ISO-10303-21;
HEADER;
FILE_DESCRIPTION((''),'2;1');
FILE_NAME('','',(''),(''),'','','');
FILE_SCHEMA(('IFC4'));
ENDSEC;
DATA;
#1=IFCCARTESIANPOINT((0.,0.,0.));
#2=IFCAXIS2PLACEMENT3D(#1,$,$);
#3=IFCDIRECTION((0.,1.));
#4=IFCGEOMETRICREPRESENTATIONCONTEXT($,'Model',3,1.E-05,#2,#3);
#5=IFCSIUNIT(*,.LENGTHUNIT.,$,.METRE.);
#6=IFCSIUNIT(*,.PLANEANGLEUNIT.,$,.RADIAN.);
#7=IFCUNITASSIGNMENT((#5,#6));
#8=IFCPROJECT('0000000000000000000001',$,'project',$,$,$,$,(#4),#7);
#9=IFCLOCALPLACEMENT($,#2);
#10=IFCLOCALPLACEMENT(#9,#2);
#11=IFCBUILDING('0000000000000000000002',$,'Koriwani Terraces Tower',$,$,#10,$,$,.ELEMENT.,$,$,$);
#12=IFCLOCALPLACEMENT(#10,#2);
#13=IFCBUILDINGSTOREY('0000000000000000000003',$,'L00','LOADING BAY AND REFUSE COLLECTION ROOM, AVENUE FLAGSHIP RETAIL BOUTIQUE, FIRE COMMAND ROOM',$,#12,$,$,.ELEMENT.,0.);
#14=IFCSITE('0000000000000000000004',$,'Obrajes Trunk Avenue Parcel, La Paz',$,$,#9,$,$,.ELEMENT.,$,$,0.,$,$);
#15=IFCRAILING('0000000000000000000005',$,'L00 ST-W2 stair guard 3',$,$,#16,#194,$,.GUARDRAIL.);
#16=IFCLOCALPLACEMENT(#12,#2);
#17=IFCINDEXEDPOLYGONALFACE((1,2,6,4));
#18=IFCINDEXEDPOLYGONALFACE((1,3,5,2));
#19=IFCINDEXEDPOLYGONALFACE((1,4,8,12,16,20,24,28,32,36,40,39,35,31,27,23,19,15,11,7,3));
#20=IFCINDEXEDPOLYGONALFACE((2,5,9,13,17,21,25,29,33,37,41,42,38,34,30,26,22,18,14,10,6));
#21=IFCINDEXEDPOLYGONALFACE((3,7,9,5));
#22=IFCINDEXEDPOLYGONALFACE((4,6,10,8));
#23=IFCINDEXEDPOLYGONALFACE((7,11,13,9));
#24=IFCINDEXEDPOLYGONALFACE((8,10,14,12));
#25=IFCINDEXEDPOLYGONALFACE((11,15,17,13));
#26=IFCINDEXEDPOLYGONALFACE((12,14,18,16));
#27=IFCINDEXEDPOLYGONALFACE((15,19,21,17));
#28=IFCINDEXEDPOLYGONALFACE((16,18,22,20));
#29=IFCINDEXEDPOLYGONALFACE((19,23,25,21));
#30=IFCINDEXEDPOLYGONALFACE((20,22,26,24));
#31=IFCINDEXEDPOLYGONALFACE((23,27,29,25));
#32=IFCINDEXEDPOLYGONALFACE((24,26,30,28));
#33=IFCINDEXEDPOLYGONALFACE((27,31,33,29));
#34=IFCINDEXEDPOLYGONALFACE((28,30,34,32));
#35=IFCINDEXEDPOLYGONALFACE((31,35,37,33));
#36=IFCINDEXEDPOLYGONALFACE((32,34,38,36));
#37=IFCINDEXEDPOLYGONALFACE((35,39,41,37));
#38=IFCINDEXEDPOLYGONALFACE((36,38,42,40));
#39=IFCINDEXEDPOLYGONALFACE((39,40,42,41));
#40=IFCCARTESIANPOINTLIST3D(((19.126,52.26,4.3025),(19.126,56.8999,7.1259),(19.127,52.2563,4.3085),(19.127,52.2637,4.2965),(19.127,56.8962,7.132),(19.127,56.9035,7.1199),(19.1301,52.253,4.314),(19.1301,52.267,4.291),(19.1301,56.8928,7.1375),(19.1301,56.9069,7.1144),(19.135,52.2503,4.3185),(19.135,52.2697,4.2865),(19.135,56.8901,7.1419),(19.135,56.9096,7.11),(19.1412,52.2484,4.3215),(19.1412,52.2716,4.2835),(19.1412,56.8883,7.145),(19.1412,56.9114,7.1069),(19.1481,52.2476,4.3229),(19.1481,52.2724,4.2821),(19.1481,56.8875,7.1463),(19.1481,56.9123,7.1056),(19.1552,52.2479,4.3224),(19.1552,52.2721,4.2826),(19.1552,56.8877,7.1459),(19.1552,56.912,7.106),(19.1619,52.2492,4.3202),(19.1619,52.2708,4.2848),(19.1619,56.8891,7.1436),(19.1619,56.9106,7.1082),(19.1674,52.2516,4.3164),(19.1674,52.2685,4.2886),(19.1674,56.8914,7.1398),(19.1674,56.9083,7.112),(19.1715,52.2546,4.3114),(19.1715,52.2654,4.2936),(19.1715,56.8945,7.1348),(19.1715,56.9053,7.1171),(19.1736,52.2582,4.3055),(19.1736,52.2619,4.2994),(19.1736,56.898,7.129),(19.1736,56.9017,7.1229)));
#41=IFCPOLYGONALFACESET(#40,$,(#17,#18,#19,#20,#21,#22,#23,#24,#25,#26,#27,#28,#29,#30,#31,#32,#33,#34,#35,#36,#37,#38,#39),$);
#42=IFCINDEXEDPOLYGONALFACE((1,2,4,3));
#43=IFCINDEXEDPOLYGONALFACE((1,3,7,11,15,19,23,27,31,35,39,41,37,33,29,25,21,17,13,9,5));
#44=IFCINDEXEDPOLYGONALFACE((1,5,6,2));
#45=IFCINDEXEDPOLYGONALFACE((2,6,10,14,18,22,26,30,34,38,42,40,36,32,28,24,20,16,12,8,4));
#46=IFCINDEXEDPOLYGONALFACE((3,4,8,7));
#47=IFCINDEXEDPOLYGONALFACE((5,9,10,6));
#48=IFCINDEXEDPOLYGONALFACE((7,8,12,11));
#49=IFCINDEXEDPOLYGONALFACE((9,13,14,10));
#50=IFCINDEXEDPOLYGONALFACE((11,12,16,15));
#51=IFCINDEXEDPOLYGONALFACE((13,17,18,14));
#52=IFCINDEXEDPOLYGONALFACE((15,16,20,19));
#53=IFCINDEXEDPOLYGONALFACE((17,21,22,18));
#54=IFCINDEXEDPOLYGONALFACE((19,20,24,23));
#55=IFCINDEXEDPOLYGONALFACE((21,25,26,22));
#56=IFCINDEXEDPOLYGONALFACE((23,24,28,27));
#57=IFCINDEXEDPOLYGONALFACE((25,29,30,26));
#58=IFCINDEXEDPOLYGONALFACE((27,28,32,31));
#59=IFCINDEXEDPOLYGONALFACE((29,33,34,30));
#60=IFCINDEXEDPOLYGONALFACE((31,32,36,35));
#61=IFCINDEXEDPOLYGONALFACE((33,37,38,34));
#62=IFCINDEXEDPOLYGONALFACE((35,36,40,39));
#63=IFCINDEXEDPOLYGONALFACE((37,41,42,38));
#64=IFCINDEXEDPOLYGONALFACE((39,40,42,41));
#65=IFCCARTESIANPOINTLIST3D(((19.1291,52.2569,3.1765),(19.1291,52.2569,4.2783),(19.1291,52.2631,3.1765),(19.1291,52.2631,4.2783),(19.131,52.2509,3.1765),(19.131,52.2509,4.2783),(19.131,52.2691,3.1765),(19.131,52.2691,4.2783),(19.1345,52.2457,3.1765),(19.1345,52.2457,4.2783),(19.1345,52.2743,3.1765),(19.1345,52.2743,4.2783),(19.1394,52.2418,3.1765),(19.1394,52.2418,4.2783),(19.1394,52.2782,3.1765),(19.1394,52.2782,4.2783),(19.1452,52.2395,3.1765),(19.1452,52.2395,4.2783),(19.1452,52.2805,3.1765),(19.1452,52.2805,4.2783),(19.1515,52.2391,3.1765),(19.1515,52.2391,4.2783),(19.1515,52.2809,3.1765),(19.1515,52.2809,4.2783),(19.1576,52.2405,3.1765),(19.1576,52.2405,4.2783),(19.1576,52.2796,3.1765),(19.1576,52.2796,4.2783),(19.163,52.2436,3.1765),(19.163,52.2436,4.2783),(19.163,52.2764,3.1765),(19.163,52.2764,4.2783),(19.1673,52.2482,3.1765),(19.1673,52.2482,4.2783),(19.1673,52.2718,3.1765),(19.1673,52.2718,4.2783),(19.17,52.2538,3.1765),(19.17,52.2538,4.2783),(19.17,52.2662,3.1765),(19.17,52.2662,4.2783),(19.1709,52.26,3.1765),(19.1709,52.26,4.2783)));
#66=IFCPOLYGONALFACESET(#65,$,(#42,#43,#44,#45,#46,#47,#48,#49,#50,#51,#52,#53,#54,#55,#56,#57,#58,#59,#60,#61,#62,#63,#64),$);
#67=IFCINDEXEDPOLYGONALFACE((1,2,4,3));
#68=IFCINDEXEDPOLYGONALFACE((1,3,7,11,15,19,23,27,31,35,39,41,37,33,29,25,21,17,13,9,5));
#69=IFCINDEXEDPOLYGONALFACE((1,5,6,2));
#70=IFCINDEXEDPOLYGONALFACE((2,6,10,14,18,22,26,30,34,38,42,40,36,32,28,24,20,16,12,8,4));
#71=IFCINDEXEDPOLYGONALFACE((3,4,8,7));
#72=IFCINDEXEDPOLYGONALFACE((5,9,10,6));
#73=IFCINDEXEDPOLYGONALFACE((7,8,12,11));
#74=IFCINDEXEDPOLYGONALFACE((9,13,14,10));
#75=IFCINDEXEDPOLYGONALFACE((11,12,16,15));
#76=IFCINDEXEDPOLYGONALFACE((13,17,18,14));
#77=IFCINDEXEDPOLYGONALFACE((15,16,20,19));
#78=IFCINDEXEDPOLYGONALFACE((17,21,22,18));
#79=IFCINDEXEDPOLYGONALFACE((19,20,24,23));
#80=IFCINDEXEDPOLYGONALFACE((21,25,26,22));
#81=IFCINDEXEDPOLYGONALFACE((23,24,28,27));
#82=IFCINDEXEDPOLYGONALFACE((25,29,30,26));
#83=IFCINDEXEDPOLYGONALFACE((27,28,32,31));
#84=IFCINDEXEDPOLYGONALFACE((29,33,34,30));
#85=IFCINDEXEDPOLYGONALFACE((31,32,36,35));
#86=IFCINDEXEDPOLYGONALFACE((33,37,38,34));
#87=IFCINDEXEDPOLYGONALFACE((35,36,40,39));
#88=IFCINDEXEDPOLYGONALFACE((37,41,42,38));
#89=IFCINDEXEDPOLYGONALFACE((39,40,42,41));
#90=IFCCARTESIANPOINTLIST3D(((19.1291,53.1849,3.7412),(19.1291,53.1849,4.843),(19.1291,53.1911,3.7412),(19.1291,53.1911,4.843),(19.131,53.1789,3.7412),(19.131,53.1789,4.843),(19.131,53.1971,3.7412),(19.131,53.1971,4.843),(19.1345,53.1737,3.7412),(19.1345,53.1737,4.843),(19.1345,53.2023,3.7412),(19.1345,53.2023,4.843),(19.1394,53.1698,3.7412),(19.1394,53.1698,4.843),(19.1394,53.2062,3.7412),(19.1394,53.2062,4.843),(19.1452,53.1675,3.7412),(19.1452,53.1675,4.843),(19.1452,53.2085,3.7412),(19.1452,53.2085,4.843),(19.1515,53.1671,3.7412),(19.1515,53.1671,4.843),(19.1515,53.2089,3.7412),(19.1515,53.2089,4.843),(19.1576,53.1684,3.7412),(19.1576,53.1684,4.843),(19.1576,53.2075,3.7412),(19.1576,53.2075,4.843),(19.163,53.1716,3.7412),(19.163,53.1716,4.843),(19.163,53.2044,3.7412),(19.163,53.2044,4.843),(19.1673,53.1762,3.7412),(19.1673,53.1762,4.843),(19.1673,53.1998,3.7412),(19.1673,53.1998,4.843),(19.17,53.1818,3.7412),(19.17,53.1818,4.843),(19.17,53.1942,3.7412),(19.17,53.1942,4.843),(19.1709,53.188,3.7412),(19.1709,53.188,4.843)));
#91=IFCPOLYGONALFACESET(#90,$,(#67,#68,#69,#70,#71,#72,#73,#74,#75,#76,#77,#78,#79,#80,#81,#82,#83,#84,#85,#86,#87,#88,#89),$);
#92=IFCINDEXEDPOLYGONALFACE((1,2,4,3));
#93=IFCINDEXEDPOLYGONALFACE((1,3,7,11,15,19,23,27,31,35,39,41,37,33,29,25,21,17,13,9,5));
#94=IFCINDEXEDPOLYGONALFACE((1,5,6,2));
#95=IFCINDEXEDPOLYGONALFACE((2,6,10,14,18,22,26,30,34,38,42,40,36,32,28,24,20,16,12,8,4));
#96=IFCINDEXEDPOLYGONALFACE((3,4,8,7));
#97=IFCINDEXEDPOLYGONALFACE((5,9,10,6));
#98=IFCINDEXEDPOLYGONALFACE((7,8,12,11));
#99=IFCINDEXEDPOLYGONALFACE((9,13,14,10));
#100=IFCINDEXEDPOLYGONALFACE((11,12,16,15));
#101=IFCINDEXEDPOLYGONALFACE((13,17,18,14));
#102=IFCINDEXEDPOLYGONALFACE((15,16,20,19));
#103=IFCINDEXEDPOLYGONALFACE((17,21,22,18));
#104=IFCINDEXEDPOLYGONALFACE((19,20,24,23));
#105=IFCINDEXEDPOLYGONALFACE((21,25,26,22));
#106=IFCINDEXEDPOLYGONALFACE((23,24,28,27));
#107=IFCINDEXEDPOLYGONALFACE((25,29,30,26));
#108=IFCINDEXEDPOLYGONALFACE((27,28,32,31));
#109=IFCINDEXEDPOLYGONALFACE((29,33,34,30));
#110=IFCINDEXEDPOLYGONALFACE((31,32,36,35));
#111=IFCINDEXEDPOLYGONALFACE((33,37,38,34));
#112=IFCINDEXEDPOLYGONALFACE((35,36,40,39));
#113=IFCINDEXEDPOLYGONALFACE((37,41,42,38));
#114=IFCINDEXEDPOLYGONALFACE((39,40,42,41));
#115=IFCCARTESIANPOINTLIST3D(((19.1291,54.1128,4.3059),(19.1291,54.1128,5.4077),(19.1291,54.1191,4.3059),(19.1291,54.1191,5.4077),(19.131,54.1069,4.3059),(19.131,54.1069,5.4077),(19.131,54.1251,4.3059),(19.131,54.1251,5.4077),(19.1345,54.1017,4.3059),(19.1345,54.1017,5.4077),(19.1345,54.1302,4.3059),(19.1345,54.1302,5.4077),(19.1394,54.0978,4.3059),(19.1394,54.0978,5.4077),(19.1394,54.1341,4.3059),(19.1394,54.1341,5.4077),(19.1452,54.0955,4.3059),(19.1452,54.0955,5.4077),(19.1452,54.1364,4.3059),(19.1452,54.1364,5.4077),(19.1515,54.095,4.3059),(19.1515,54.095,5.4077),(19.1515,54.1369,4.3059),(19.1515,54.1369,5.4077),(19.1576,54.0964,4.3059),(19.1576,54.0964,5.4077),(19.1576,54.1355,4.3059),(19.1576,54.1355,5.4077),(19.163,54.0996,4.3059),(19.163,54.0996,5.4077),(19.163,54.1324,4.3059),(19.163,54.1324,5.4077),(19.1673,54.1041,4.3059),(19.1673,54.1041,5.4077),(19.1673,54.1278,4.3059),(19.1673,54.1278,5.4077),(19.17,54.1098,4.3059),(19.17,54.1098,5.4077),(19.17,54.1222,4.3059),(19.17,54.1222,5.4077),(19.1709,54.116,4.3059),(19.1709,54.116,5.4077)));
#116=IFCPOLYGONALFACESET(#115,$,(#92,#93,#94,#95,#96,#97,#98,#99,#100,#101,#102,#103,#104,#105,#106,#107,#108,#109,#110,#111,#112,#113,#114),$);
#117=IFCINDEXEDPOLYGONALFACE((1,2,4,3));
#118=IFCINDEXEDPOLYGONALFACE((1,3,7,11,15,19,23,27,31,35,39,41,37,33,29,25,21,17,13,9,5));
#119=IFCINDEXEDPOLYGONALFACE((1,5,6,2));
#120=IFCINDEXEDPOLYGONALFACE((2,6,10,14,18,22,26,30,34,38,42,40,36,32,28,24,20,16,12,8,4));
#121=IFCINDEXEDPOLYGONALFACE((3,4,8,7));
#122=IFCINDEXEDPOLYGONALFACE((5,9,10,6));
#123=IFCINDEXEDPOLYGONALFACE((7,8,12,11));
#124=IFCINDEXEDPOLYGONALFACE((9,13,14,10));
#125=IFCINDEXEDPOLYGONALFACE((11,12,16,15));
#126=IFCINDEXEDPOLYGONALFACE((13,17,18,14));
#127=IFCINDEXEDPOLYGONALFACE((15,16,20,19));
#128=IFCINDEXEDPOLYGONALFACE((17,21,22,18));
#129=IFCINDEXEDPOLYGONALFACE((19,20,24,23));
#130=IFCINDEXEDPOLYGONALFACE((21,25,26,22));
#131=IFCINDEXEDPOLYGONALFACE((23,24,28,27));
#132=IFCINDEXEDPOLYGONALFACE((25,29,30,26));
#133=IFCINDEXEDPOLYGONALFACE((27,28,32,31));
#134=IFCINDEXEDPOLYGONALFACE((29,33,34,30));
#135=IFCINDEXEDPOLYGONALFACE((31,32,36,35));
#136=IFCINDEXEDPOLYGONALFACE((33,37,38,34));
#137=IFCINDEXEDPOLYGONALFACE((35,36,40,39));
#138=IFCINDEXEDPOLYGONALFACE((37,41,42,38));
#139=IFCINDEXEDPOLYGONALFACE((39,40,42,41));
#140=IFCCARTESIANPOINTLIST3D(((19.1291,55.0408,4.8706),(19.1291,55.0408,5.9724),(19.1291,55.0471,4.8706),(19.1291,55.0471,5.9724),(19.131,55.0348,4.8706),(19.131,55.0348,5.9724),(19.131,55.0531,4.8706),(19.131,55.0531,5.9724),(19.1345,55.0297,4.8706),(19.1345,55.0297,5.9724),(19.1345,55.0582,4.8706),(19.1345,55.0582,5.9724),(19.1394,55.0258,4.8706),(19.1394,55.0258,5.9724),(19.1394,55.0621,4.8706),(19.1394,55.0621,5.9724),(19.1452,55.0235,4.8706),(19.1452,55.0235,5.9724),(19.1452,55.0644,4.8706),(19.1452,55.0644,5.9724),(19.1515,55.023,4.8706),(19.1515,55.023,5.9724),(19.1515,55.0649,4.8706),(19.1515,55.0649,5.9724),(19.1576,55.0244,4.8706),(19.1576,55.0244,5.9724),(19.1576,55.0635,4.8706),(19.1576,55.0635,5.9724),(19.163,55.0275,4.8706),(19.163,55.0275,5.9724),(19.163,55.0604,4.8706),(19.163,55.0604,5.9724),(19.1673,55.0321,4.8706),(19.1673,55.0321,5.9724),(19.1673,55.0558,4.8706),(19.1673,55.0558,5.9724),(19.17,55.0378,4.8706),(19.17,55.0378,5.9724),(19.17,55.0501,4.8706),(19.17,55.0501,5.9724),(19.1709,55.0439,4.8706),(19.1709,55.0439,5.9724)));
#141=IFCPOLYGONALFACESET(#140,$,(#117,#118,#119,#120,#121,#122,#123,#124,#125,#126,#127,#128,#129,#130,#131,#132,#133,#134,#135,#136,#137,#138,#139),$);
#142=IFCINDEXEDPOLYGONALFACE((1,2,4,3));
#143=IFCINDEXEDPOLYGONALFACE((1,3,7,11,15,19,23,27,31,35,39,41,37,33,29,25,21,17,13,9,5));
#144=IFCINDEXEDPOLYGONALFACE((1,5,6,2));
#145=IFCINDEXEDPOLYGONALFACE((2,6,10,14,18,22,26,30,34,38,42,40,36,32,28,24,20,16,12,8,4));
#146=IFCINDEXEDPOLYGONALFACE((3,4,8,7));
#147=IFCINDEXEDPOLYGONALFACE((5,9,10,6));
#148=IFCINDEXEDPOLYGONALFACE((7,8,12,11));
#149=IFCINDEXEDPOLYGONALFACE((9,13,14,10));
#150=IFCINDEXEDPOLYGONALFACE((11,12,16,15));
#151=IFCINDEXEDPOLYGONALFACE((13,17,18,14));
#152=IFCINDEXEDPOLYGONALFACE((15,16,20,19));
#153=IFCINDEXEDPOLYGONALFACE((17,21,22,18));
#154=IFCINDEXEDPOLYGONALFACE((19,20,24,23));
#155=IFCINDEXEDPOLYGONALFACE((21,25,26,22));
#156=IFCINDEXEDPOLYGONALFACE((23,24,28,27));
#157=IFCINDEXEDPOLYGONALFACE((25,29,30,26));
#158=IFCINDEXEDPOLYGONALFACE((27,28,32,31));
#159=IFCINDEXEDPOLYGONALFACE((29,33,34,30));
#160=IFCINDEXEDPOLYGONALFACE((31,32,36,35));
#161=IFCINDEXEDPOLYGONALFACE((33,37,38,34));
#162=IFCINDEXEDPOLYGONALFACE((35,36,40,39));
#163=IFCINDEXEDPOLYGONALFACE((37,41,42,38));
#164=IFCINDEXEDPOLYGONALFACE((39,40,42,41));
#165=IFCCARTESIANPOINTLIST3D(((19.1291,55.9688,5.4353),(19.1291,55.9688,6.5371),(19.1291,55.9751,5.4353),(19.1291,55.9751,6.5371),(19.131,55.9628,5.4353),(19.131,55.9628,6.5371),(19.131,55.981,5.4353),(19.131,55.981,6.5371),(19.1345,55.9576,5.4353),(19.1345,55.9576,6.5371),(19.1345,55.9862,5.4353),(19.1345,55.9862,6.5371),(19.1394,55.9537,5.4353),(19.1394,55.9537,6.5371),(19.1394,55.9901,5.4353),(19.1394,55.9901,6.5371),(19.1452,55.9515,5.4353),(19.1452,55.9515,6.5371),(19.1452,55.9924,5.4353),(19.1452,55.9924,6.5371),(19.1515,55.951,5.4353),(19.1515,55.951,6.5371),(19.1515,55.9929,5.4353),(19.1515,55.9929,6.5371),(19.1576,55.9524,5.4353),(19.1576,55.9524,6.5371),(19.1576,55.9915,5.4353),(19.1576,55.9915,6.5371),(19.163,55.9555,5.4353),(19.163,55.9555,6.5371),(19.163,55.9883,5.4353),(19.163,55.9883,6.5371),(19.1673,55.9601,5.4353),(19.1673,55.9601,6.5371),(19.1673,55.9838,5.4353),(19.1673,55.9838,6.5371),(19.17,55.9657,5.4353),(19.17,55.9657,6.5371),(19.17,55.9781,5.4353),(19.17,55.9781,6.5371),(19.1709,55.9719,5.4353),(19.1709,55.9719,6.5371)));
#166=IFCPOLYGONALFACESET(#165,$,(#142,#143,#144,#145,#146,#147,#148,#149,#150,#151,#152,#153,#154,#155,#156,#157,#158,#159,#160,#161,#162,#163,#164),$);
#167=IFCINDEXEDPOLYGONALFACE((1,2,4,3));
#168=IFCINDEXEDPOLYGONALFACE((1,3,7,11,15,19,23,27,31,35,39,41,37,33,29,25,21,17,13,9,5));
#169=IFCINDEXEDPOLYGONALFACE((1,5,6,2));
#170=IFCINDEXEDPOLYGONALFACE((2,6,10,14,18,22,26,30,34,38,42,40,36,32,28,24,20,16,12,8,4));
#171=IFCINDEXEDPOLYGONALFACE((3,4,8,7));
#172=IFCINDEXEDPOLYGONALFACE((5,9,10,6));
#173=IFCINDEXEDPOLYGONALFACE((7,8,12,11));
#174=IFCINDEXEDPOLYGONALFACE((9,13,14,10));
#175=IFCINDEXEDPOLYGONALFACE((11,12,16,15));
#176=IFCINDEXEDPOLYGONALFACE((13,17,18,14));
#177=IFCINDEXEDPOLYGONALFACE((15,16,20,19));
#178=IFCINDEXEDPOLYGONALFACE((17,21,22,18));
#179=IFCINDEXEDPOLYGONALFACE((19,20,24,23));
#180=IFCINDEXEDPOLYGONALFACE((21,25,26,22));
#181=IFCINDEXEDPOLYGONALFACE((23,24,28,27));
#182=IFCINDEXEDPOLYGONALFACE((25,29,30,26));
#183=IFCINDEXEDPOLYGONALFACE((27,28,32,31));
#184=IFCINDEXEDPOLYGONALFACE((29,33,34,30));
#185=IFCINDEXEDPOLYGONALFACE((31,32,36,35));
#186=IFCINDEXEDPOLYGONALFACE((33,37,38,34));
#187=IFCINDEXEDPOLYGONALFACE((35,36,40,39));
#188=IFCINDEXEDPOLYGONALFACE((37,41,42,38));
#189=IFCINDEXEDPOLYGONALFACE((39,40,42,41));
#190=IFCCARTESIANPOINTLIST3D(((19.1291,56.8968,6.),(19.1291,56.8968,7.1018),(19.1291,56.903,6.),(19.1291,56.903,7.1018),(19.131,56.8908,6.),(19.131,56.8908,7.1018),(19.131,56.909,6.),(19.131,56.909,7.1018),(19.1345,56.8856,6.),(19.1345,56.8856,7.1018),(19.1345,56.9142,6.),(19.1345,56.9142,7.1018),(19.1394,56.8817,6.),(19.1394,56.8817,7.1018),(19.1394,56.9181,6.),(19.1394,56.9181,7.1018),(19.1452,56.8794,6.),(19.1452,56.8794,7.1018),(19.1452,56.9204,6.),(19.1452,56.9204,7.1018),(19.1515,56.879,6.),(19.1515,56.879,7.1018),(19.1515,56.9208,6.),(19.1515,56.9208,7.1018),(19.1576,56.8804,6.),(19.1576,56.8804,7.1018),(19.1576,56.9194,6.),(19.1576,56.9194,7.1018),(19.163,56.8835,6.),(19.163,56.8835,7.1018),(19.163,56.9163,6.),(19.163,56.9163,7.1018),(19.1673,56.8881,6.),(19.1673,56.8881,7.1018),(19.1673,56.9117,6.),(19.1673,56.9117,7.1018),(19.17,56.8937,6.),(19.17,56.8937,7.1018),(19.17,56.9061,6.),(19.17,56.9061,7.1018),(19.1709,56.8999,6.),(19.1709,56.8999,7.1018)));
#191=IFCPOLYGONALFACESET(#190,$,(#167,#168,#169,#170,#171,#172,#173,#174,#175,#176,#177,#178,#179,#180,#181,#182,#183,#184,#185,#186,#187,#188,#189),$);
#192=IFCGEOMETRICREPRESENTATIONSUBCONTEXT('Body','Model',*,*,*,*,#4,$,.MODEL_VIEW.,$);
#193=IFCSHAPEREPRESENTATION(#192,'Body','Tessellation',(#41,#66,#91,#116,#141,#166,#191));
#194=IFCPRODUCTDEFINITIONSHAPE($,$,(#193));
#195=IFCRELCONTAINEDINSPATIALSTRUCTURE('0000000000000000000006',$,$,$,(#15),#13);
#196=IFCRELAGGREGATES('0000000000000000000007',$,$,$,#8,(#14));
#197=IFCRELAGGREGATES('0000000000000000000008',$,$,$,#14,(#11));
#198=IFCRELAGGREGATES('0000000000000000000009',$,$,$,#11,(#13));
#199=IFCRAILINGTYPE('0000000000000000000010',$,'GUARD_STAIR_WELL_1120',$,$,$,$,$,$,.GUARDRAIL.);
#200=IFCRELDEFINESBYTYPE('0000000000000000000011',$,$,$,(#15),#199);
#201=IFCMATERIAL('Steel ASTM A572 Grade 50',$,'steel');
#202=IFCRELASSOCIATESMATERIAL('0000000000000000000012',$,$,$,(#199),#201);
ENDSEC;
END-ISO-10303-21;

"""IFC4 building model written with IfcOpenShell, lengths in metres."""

from ifc_helpers import new_model, si_unit, direction, frame, origin, origin_2d, place, context, subcontext, project, spatial, circle, extrude, material, type_object, element, save


model = new_model("IFC4")

# Units and contexts
model_context = context("Model", 3, precision=1e-05, world=origin(), true_north=direction((0.0, 1.0)))
body_context = subcontext(model_context, "Body", "Model", "MODEL_VIEW")
ifc_project = project(units=[si_unit("LENGTHUNIT", "METRE"), si_unit("PLANEANGLEUNIT", "RADIAN")], contexts=[model_context])

# Site, building, storey
site_placement = place(None, origin())
site = spatial("IfcSite", under=ifc_project, at=site_placement, Name="Obrajes Trunk Avenue Parcel, La Paz", CompositionType="ELEMENT", RefElevation=0.0)
building_placement = place(site_placement, origin())
building = spatial("IfcBuilding", under=site, at=building_placement, Name="Koriwani Terraces Tower", CompositionType="ELEMENT")
storey_placement = place(building_placement, origin())
storey = spatial("IfcBuildingStorey", under=building, at=storey_placement, Name="L00", Description="LOADING BAY AND REFUSE COLLECTION ROOM, AVENUE FLAGSHIP RETAIL BOUTIQUE, FIRE COMMAND ROOM", CompositionType="ELEMENT", Elevation=0.0)

# Shared definitions
ifc_material_1 = material(Name="Steel ASTM A572 Grade 50", Category="steel")

# Railing
railing_type_1 = type_object("IfcRailingType", Name="GUARD_STAIR_WELL_1120", PredefinedType="GUARDRAIL", material=ifc_material_1)
railing_1_placement = place(storey_placement, frame((19.1499, 52.26, 3.1765)))
element("IfcRailing", 1, at=railing_1_placement, inside=storey, type_object=railing_type_1, Name="L00 ST-W2 stair guard 3", PredefinedType="GUARDRAIL", context=body_context, shape_type="SweptSolid", body=[
    extrude(circle(Radius=0.0239, at=origin_2d()), frame((0.0, 0.0, 1.126), z_axis=(0.0, 0.854264, 0.51984), x_axis=(-1.0, 0.0, 0.0)), (0.0, 0.0, 1.0), 5.4314),
    extrude(circle(Radius=0.021, at=origin_2d()), origin(), (0.0, 0.0, 1.0), 1.1018),
    extrude(circle(Radius=0.021, at=origin_2d()), frame((0.0, 0.928, 0.5647)), (0.0, 0.0, 1.0), 1.1018),
    extrude(circle(Radius=0.021, at=origin_2d()), frame((0.0, 1.856, 1.1294)), (0.0, 0.0, 1.0), 1.1018),
    extrude(circle(Radius=0.021, at=origin_2d()), frame((0.0, 2.7839, 1.6941)), (0.0, 0.0, 1.0), 1.1018),
    extrude(circle(Radius=0.021, at=origin_2d()), frame((0.0, 3.7119, 2.2588)), (0.0, 0.0, 1.0), 1.1018),
    extrude(circle(Radius=0.021, at=origin_2d()), frame((0.0, 4.6399, 2.8235)), (0.0, 0.0, 1.0), 1.1018),
])

save(model, "model.ifc")
